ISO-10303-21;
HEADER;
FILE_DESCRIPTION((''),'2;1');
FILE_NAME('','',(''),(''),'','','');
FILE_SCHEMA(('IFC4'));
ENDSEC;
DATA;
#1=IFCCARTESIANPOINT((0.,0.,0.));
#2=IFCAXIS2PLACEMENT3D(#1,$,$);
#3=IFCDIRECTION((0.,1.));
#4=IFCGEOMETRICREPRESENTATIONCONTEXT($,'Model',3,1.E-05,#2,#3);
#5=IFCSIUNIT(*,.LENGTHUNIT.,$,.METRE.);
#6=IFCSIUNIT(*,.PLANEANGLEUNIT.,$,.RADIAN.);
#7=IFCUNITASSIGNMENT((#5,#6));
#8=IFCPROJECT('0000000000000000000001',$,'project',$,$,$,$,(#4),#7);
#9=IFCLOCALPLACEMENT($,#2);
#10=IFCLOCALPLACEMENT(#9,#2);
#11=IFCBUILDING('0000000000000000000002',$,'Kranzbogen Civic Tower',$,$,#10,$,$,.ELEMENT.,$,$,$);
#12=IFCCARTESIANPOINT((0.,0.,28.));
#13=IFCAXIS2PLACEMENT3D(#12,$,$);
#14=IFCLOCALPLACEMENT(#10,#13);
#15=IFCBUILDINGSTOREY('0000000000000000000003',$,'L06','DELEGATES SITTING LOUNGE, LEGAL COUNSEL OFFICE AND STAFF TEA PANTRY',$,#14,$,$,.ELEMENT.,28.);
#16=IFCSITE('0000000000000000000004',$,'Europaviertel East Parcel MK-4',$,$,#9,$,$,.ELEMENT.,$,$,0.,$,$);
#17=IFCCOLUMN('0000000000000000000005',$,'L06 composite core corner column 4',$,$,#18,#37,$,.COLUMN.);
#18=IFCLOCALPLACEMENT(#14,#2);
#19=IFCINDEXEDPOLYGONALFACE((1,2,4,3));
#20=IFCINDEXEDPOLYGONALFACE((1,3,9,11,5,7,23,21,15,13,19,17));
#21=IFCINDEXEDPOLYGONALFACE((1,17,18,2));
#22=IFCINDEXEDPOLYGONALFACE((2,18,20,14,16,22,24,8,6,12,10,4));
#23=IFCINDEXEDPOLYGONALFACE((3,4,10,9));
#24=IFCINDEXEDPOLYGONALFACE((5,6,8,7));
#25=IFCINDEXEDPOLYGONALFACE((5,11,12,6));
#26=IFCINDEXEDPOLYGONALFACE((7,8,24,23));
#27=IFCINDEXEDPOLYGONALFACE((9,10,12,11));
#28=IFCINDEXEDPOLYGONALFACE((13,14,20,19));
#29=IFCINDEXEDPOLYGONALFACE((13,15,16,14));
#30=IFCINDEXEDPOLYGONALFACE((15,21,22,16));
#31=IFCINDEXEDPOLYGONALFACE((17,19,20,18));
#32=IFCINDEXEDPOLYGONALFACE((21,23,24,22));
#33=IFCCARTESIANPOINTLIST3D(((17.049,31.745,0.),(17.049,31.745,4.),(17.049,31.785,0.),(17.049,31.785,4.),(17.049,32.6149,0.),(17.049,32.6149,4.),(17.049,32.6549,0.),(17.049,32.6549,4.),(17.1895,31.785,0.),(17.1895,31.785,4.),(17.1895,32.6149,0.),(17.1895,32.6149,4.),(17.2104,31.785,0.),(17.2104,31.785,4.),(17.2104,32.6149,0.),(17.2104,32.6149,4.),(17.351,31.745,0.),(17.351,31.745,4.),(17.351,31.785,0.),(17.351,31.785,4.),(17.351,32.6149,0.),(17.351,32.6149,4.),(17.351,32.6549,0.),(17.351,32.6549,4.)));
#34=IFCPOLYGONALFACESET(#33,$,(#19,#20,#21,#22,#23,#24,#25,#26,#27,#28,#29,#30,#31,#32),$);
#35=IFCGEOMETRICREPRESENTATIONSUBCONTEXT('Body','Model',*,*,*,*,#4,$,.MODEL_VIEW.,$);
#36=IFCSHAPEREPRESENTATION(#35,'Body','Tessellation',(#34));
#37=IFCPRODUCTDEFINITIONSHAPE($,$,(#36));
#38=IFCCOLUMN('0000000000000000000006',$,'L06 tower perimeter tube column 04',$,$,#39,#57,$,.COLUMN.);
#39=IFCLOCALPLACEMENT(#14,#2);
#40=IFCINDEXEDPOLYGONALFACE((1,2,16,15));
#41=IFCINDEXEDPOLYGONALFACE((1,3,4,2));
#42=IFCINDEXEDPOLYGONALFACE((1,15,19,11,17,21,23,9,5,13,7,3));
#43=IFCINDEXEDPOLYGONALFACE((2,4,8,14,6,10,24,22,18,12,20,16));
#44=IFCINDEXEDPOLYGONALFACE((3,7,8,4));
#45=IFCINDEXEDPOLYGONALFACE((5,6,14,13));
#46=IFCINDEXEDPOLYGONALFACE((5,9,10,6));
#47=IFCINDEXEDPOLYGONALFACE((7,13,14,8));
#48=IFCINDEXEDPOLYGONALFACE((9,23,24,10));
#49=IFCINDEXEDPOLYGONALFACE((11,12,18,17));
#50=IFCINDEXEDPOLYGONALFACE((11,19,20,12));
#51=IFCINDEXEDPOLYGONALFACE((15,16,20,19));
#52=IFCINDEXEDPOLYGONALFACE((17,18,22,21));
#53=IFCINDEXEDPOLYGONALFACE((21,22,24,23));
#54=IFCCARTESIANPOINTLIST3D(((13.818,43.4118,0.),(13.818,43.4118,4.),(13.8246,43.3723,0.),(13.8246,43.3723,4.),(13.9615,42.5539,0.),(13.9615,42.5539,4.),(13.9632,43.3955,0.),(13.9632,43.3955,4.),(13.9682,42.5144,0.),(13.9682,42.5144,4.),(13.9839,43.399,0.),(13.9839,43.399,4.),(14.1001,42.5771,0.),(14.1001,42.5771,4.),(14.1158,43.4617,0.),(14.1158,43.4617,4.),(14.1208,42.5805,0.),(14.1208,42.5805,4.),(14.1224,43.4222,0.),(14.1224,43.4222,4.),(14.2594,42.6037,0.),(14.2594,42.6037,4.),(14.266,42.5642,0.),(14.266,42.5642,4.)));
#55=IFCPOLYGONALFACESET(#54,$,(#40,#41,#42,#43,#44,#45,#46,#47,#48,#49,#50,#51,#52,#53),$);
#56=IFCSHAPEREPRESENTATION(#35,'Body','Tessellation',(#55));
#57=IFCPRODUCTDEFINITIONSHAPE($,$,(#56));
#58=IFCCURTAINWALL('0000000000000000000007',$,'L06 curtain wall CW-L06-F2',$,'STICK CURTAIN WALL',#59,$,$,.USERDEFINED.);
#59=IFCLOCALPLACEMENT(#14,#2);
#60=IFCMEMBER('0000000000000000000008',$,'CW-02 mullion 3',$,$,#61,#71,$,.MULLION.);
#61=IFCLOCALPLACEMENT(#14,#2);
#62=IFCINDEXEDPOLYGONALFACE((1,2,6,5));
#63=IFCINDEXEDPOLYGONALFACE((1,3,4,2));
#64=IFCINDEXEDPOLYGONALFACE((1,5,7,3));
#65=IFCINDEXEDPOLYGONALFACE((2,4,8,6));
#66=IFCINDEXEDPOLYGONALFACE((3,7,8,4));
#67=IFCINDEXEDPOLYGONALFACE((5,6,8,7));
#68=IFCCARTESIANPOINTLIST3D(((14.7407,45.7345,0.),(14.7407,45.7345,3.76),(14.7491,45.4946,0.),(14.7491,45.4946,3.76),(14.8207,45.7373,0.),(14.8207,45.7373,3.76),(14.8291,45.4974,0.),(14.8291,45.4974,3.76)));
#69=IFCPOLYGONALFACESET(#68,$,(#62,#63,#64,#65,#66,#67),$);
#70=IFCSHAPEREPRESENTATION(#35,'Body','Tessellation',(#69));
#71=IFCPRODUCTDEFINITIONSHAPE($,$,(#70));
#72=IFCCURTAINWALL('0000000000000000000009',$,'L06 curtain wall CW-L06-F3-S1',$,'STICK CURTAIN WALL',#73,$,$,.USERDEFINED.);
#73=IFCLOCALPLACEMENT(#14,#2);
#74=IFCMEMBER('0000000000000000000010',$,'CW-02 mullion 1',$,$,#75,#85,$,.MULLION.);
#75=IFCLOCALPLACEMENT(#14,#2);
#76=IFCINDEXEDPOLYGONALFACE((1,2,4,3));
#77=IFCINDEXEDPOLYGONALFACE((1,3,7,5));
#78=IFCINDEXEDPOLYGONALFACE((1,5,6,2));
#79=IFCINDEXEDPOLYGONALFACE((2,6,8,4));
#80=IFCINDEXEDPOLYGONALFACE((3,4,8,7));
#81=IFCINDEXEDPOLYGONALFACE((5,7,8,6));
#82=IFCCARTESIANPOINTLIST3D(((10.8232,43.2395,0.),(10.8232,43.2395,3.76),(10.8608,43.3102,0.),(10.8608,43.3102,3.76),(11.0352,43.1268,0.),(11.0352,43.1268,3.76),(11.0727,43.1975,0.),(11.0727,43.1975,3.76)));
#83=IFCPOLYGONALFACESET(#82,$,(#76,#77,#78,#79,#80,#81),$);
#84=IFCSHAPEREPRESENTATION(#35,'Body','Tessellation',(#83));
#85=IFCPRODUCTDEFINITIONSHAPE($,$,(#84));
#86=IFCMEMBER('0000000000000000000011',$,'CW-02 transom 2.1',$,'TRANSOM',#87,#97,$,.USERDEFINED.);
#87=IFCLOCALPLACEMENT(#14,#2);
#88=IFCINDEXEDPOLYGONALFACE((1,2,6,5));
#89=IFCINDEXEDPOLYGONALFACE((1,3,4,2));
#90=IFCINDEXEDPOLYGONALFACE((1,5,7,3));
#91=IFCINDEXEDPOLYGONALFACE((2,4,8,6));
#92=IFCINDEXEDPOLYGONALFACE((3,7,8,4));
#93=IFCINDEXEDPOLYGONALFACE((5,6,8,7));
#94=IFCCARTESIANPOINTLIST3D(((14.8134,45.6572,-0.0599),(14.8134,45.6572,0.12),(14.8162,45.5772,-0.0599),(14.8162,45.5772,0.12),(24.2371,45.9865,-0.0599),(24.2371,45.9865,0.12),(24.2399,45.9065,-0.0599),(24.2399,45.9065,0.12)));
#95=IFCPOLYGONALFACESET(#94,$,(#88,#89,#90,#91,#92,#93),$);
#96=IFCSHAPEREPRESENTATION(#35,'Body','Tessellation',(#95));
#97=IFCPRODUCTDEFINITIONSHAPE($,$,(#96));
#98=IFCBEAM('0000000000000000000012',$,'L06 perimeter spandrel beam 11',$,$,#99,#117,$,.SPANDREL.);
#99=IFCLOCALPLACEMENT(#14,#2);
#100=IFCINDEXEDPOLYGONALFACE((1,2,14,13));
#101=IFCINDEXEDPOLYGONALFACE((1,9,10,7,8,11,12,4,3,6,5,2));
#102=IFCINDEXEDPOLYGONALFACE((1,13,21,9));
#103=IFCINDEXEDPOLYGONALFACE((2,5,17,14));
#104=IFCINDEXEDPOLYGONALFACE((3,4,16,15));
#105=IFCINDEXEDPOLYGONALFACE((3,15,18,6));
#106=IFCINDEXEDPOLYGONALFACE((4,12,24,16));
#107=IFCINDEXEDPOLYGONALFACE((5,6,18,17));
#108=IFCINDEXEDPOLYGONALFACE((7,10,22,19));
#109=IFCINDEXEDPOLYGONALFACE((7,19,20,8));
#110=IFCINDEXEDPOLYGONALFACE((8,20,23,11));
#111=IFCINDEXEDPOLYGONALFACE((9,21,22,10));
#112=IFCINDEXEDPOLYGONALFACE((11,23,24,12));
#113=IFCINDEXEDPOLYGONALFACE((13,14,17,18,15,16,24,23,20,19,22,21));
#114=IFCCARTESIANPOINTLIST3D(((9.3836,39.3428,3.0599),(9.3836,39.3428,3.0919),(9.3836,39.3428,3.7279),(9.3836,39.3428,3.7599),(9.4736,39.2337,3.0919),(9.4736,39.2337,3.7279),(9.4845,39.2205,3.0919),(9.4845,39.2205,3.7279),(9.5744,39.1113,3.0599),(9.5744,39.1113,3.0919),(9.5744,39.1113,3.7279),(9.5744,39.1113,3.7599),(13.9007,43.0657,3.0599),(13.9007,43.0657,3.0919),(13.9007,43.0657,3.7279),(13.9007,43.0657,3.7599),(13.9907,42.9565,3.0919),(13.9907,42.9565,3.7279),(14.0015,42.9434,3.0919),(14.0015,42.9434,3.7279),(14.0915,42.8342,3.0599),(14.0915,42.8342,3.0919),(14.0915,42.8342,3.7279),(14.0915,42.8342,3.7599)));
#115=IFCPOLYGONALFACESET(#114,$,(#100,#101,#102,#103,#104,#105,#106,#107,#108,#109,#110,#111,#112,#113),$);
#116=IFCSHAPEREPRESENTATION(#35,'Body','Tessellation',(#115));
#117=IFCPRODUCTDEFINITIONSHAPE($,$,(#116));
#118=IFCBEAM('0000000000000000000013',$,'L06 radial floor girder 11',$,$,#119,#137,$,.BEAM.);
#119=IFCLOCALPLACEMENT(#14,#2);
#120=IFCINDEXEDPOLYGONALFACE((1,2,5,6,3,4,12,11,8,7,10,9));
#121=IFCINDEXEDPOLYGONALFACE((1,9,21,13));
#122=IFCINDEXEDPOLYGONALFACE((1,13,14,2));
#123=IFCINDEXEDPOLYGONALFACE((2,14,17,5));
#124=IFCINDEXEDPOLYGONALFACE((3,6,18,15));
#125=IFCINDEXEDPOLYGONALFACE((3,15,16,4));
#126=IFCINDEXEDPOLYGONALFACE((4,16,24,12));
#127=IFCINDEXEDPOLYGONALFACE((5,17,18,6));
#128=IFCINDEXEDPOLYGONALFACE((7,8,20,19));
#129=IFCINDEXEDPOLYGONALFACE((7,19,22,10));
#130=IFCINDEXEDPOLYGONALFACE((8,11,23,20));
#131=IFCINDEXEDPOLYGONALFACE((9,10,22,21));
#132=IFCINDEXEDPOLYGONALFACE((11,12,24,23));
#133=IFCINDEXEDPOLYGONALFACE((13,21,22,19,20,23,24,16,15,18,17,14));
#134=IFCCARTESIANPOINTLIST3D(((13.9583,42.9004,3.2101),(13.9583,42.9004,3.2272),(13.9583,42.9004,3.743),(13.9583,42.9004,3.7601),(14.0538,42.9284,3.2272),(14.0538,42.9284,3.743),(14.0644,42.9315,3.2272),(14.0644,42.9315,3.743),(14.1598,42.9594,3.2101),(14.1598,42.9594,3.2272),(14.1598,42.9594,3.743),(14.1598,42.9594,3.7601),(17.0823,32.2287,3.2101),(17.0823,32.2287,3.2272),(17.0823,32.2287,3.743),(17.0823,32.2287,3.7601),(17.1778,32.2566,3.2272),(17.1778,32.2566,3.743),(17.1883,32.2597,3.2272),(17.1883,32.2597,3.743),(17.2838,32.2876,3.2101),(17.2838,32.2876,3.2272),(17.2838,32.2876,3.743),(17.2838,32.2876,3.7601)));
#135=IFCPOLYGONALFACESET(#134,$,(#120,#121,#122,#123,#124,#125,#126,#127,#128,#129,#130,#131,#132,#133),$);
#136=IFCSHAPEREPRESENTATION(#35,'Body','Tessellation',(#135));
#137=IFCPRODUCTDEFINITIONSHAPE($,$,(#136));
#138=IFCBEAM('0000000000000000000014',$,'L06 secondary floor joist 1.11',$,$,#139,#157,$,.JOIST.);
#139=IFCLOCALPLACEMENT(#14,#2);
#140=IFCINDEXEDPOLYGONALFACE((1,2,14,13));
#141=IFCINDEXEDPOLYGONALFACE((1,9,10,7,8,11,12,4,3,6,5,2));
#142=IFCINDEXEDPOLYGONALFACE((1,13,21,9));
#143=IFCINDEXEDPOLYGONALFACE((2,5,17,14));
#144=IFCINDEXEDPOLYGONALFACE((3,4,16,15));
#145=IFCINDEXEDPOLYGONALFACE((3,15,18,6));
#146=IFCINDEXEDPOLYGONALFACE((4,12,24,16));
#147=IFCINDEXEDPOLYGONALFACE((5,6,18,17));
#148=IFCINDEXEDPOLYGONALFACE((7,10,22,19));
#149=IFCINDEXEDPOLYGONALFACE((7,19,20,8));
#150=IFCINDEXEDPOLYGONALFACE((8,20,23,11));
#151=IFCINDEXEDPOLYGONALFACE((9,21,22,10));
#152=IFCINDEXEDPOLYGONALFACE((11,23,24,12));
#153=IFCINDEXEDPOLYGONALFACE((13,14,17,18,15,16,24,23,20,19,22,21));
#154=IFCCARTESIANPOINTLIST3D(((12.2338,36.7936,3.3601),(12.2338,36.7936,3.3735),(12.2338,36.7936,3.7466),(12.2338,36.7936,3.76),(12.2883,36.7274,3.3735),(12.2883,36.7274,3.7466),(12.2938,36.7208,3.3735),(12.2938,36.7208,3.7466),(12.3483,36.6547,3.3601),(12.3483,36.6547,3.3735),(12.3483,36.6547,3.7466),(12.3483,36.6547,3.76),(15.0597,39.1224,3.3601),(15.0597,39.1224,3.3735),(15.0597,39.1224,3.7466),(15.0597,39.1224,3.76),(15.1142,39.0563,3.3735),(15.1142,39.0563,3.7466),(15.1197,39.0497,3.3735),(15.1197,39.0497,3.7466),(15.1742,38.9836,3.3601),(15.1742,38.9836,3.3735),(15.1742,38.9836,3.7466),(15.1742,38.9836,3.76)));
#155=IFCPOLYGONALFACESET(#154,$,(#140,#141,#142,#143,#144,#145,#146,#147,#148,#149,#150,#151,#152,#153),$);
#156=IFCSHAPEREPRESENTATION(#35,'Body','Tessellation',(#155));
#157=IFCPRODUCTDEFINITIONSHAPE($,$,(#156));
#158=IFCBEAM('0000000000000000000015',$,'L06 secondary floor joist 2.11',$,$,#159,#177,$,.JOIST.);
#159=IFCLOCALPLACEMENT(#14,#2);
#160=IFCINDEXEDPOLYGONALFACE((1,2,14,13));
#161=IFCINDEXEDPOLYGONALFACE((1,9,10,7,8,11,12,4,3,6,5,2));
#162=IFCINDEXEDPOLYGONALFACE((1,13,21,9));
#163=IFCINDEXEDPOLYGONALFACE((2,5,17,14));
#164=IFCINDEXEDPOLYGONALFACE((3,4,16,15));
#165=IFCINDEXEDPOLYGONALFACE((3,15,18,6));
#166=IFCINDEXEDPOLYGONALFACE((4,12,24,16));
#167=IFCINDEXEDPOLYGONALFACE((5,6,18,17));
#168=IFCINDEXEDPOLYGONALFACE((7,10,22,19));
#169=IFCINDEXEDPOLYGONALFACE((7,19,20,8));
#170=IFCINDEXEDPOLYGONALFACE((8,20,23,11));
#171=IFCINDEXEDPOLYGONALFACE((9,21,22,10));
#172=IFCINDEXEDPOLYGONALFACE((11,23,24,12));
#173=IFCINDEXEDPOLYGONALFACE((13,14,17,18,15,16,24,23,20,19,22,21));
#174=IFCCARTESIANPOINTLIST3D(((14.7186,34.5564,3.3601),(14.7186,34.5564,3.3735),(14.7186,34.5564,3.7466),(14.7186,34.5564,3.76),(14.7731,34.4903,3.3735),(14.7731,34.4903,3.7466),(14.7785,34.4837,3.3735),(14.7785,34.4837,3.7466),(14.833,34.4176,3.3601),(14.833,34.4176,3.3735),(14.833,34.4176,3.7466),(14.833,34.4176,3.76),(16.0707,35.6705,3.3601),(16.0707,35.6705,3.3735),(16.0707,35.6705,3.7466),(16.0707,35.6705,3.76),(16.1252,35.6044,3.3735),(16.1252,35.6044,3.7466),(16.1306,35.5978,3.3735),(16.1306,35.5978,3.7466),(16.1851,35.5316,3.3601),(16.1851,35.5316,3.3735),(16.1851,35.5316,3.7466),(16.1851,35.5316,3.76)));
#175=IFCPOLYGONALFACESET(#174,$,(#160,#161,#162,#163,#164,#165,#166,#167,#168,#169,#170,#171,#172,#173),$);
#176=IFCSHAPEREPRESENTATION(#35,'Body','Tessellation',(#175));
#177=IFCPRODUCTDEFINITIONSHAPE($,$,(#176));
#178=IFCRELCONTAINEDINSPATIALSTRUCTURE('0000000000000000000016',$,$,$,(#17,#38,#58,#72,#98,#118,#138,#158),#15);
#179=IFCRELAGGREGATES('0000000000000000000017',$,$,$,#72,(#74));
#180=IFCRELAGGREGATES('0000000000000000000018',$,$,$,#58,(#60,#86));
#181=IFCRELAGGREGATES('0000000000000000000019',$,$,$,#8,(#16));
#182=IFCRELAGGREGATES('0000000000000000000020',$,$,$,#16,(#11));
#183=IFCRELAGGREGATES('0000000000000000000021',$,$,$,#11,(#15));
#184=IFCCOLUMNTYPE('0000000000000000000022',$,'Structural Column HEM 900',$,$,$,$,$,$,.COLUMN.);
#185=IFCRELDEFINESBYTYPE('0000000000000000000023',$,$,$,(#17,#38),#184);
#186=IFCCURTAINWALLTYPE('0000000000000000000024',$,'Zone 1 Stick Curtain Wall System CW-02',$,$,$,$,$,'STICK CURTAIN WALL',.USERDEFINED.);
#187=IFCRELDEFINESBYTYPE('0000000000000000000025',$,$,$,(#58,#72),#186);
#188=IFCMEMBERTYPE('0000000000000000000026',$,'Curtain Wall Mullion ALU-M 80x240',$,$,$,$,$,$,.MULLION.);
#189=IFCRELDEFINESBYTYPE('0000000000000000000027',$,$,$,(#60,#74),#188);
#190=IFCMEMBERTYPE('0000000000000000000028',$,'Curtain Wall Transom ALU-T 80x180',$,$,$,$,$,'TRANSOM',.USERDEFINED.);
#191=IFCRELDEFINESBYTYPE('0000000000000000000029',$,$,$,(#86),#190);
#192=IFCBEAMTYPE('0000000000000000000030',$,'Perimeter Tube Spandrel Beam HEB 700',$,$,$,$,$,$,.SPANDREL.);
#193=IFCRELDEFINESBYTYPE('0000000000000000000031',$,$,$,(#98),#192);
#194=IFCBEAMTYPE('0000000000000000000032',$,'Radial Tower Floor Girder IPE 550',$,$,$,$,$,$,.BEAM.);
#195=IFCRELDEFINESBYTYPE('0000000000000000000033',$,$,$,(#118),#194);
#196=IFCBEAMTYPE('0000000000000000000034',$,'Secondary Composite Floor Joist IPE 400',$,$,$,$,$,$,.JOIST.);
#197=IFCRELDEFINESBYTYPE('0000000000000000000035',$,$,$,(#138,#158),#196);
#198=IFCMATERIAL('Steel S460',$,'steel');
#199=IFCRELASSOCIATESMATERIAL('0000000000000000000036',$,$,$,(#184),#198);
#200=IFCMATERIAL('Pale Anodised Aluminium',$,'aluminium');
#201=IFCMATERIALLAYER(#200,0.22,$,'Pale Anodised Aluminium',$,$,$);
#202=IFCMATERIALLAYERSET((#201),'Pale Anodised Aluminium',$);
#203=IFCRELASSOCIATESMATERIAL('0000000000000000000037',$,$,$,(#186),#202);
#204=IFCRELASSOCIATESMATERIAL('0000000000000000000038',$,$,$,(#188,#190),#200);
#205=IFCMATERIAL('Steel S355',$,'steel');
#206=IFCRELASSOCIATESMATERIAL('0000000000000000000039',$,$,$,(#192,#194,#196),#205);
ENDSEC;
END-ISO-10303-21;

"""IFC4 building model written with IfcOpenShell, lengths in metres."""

from ifc_helpers import new_model, si_unit, direction, frame, origin, origin_2d, place, context, subcontext, project, spatial, rectangle, i_section, extrude, material, layer, layer_set, material_profile, profile_set, type_object, element, aggregate, save


model = new_model("IFC4")

# Units and contexts
model_context = context("Model", 3, precision=1e-05, world=origin(), true_north=direction((0.0, 1.0)))
body_context = subcontext(model_context, "Body", "Model", "MODEL_VIEW")
ifc_project = project(units=[si_unit("LENGTHUNIT", "METRE"), si_unit("PLANEANGLEUNIT", "RADIAN")], contexts=[model_context])

# Site, building, storey
site_placement = place(None, origin())
site = spatial("IfcSite", under=ifc_project, at=site_placement, Name="Europaviertel East Parcel MK-4", CompositionType="ELEMENT", RefElevation=0.0)
building_placement = place(site_placement, origin())
building = spatial("IfcBuilding", under=site, at=building_placement, Name="Kranzbogen Civic Tower", CompositionType="ELEMENT")
storey_placement = place(building_placement, frame((0.0, 0.0, 28.0)))
storey = spatial("IfcBuildingStorey", under=building, at=storey_placement, Name="L06", Description="DELEGATES SITTING LOUNGE, LEGAL COUNSEL OFFICE AND STAFF TEA PANTRY", CompositionType="ELEMENT", Elevation=28.0)

# Columns
ifc_material_1 = material(Name="Steel S460", Category="steel")
ifc_material_profile_1 = material_profile(ifc_material_1, i_section(OverallWidth=0.302, OverallDepth=0.9099, WebThickness=0.021, FlangeThickness=0.04, at=origin_2d()), Name="HEM 900")
ifc_profile_set_1 = profile_set([ifc_material_profile_1], Name="Steel S460")
column_type = type_object("IfcColumnType", Name="Structural Column HEM 900", PredefinedType="COLUMN", material=ifc_profile_set_1)
for number, where, z_axis, x_axis, name in (
    (1, (17.2, 32.2, 0.0), (0.0, 0.0, 1.0), (1.0, 0.0, 0.0), "L06 composite core corner column 4"),
    (2, (14.042, 42.988, 0.0), (0.0, 0.0, 1.0), (0.986286, 0.165048, 0.0), "L06 tower perimeter tube column 04"),
):
    element("IfcColumn", number, at=place(storey_placement, frame(where, z_axis=z_axis, x_axis=x_axis)), inside=storey, type_object=column_type, Name=name, PredefinedType="COLUMN", context=body_context, shape_type="SweptSolid", body=[
        extrude(i_section(OverallWidth=0.302, OverallDepth=0.9099, WebThickness=0.021, FlangeThickness=0.04, at=origin_2d()), origin(), (0.0, 0.0, 1.0), 4.0),
    ])

# Curtain walls, members
ifc_material_2 = material(Name="Pale Anodised Aluminium", Category="aluminium")
ifc_layer_1 = layer(ifc_material_2, 0.22, Name="Pale Anodised Aluminium")
ifc_layer_set_1 = layer_set([ifc_layer_1], Name="Pale Anodised Aluminium")
curtain_wall_type = type_object("IfcCurtainWallType", Name="Zone 1 Stick Curtain Wall System CW-02", ElementType="STICK CURTAIN WALL", PredefinedType="USERDEFINED", material=ifc_layer_set_1)
curtain_wall_1_placement = place(storey_placement, origin())
curtain_wall_1 = element("IfcCurtainWall", 3, at=curtain_wall_1_placement, inside=storey, type_object=curtain_wall_type, Name="L06 curtain wall CW-L06-F2", ObjectType="STICK CURTAIN WALL", PredefinedType="USERDEFINED")
ifc_material_profile_2 = material_profile(ifc_material_2, rectangle(XDim=0.0801, YDim=0.24, at=origin_2d()), Name="ALU-M 80x240")
ifc_profile_set_2 = profile_set([ifc_material_profile_2], Name="Pale Anodised Aluminium")
member_type_1 = type_object("IfcMemberType", Name="Curtain Wall Mullion ALU-M 80x240", PredefinedType="MULLION", material=ifc_profile_set_2)
member_1_placement = place(storey_placement, frame((14.7849, 45.616, 0.0), z_axis=(0.0, 0.0, 1.0), x_axis=(-0.99939, -0.034929, 0.0)))
member_1 = element("IfcMember", 4, at=member_1_placement, type_object=member_type_1, Name="CW-02 mullion 3", PredefinedType="MULLION", context=body_context, shape_type="SweptSolid", body=[
    extrude(rectangle(XDim=0.0801, YDim=0.24, at=origin_2d()), origin(), (0.0, 0.0, 1.0), 3.76),
])
curtain_wall_2_placement = place(storey_placement, origin())
curtain_wall_2 = element("IfcCurtainWall", 5, at=curtain_wall_2_placement, inside=storey, type_object=curtain_wall_type, Name="L06 curtain wall CW-L06-F3-S1", ObjectType="STICK CURTAIN WALL", PredefinedType="USERDEFINED")
member_2_placement = place(storey_placement, frame((10.948, 43.2185, 0.0), z_axis=(0.0, 0.0, 1.0), x_axis=(-0.469384, -0.882994, 0.0)))
member_2 = element("IfcMember", 6, at=member_2_placement, type_object=member_type_1, Name="CW-02 mullion 1", PredefinedType="MULLION", context=body_context, shape_type="SweptSolid", body=[
    extrude(rectangle(XDim=0.0801, YDim=0.24, at=origin_2d()), origin(), (0.0, 0.0, 1.0), 3.76),
])
aggregate(curtain_wall_2, [member_2])

# Member
ifc_material_profile_3 = material_profile(ifc_material_2, rectangle(XDim=0.0801, YDim=0.1799, at=origin_2d()), Name="ALU-T 80x180")
ifc_profile_set_3 = profile_set([ifc_material_profile_3], Name="Pale Anodised Aluminium")
member_type_2 = type_object("IfcMemberType", Name="Curtain Wall Transom ALU-T 80x180", ElementType="TRANSOM", PredefinedType="USERDEFINED", material=ifc_profile_set_3)
member_3_placement = place(storey_placement, frame((24.2385, 45.9465, 0.03), z_axis=(-0.99939, -0.034928, 0.0), x_axis=(0.034928, -0.99939, 0.0)))
member_3 = element("IfcMember", 7, at=member_3_placement, type_object=member_type_2, Name="CW-02 transom 2.1", ObjectType="TRANSOM", PredefinedType="USERDEFINED", context=body_context, shape_type="SweptSolid", body=[
    extrude(rectangle(XDim=0.0801, YDim=0.1799, at=origin_2d()), origin(), (0.0, 0.0, 1.0), 9.4294),
])

# Beams
ifc_material_3 = material(Name="Steel S355", Category="steel")
ifc_material_profile_4 = material_profile(ifc_material_3, i_section(OverallWidth=0.3, OverallDepth=0.7, WebThickness=0.0171, FlangeThickness=0.032, at=origin_2d()), Name="HEB 700")
ifc_profile_set_4 = profile_set([ifc_material_profile_4], Name="Steel S355")
beam_type_1 = type_object("IfcBeamType", Name="Perimeter Tube Spandrel Beam HEB 700", PredefinedType="SPANDREL", material=ifc_profile_set_4)
beam_1_placement = place(storey_placement, frame((13.9961, 42.95, 3.4099), z_axis=(-0.771683, -0.636007, 0.0), x_axis=(0.636007, -0.771683, 0.0)))
element("IfcBeam", 8, at=beam_1_placement, inside=storey, type_object=beam_type_1, Name="L06 perimeter spandrel beam 11", PredefinedType="SPANDREL", context=body_context, shape_type="SweptSolid", body=[
    extrude(i_section(OverallWidth=0.3, OverallDepth=0.7, WebThickness=0.0171, FlangeThickness=0.032, at=origin_2d()), origin(), (0.0, 0.0, 1.0), 5.8535),
])
ifc_material_profile_5 = material_profile(ifc_material_3, i_section(OverallWidth=0.21, OverallDepth=0.55, WebThickness=0.011, FlangeThickness=0.0171, at=origin_2d()), Name="IPE 550")
ifc_profile_set_5 = profile_set([ifc_material_profile_5], Name="Steel S355")
beam_type_2 = type_object("IfcBeamType", Name="Radial Tower Floor Girder IPE 550", PredefinedType="BEAM", material=ifc_profile_set_5)
beam_2_placement = place(storey_placement, frame((14.0591, 42.9299, 3.4851), z_axis=(0.280944, -0.959724, 0.0), x_axis=(0.959724, 0.280944, 0.0)))
element("IfcBeam", 9, at=beam_2_placement, inside=storey, type_object=beam_type_2, Name="L06 radial floor girder 11", PredefinedType="BEAM", context=body_context, shape_type="SweptSolid", body=[
    extrude(i_section(OverallWidth=0.21, OverallDepth=0.55, WebThickness=0.011, FlangeThickness=0.0171, at=origin_2d()), origin(), (0.0, 0.0, 1.0), 11.1196),
])
ifc_material_profile_6 = material_profile(ifc_material_3, i_section(OverallWidth=0.1799, OverallDepth=0.3999, WebThickness=0.0085, FlangeThickness=0.0134, at=origin_2d()), Name="IPE 400")
ifc_profile_set_6 = profile_set([ifc_material_profile_6], Name="Steel S355")
beam_type_3 = type_object("IfcBeamType", Name="Secondary Composite Floor Joist IPE 400", PredefinedType="JOIST", material=ifc_profile_set_6)
beam_3_placement = place(storey_placement, frame((15.1169, 39.053, 3.5601), z_axis=(-0.771713, -0.635971, 0.0), x_axis=(0.635971, -0.771713, 0.0)))
element("IfcBeam", 10, at=beam_3_placement, inside=storey, type_object=beam_type_3, Name="L06 secondary floor joist 1.11", PredefinedType="JOIST", context=body_context, shape_type="SweptSolid", body=[
    extrude(i_section(OverallWidth=0.1799, OverallDepth=0.3999, WebThickness=0.0085, FlangeThickness=0.0134, at=origin_2d()), origin(), (0.0, 0.0, 1.0), 3.6619),
])
beam_4_placement = place(storey_placement, frame((16.1279, 35.6011, 3.5601), z_axis=(-0.771773, -0.635898, 0.0), x_axis=(0.635898, -0.771773, 0.0)))
element("IfcBeam", 11, at=beam_4_placement, inside=storey, type_object=beam_type_3, Name="L06 secondary floor joist 2.11", PredefinedType="JOIST", context=body_context, shape_type="SweptSolid", body=[
    extrude(i_section(OverallWidth=0.1799, OverallDepth=0.3999, WebThickness=0.0085, FlangeThickness=0.0134, at=origin_2d()), origin(), (0.0, 0.0, 1.0), 1.752),
])

aggregate(curtain_wall_1, [member_1, member_3])

save(model, "model.ifc")
